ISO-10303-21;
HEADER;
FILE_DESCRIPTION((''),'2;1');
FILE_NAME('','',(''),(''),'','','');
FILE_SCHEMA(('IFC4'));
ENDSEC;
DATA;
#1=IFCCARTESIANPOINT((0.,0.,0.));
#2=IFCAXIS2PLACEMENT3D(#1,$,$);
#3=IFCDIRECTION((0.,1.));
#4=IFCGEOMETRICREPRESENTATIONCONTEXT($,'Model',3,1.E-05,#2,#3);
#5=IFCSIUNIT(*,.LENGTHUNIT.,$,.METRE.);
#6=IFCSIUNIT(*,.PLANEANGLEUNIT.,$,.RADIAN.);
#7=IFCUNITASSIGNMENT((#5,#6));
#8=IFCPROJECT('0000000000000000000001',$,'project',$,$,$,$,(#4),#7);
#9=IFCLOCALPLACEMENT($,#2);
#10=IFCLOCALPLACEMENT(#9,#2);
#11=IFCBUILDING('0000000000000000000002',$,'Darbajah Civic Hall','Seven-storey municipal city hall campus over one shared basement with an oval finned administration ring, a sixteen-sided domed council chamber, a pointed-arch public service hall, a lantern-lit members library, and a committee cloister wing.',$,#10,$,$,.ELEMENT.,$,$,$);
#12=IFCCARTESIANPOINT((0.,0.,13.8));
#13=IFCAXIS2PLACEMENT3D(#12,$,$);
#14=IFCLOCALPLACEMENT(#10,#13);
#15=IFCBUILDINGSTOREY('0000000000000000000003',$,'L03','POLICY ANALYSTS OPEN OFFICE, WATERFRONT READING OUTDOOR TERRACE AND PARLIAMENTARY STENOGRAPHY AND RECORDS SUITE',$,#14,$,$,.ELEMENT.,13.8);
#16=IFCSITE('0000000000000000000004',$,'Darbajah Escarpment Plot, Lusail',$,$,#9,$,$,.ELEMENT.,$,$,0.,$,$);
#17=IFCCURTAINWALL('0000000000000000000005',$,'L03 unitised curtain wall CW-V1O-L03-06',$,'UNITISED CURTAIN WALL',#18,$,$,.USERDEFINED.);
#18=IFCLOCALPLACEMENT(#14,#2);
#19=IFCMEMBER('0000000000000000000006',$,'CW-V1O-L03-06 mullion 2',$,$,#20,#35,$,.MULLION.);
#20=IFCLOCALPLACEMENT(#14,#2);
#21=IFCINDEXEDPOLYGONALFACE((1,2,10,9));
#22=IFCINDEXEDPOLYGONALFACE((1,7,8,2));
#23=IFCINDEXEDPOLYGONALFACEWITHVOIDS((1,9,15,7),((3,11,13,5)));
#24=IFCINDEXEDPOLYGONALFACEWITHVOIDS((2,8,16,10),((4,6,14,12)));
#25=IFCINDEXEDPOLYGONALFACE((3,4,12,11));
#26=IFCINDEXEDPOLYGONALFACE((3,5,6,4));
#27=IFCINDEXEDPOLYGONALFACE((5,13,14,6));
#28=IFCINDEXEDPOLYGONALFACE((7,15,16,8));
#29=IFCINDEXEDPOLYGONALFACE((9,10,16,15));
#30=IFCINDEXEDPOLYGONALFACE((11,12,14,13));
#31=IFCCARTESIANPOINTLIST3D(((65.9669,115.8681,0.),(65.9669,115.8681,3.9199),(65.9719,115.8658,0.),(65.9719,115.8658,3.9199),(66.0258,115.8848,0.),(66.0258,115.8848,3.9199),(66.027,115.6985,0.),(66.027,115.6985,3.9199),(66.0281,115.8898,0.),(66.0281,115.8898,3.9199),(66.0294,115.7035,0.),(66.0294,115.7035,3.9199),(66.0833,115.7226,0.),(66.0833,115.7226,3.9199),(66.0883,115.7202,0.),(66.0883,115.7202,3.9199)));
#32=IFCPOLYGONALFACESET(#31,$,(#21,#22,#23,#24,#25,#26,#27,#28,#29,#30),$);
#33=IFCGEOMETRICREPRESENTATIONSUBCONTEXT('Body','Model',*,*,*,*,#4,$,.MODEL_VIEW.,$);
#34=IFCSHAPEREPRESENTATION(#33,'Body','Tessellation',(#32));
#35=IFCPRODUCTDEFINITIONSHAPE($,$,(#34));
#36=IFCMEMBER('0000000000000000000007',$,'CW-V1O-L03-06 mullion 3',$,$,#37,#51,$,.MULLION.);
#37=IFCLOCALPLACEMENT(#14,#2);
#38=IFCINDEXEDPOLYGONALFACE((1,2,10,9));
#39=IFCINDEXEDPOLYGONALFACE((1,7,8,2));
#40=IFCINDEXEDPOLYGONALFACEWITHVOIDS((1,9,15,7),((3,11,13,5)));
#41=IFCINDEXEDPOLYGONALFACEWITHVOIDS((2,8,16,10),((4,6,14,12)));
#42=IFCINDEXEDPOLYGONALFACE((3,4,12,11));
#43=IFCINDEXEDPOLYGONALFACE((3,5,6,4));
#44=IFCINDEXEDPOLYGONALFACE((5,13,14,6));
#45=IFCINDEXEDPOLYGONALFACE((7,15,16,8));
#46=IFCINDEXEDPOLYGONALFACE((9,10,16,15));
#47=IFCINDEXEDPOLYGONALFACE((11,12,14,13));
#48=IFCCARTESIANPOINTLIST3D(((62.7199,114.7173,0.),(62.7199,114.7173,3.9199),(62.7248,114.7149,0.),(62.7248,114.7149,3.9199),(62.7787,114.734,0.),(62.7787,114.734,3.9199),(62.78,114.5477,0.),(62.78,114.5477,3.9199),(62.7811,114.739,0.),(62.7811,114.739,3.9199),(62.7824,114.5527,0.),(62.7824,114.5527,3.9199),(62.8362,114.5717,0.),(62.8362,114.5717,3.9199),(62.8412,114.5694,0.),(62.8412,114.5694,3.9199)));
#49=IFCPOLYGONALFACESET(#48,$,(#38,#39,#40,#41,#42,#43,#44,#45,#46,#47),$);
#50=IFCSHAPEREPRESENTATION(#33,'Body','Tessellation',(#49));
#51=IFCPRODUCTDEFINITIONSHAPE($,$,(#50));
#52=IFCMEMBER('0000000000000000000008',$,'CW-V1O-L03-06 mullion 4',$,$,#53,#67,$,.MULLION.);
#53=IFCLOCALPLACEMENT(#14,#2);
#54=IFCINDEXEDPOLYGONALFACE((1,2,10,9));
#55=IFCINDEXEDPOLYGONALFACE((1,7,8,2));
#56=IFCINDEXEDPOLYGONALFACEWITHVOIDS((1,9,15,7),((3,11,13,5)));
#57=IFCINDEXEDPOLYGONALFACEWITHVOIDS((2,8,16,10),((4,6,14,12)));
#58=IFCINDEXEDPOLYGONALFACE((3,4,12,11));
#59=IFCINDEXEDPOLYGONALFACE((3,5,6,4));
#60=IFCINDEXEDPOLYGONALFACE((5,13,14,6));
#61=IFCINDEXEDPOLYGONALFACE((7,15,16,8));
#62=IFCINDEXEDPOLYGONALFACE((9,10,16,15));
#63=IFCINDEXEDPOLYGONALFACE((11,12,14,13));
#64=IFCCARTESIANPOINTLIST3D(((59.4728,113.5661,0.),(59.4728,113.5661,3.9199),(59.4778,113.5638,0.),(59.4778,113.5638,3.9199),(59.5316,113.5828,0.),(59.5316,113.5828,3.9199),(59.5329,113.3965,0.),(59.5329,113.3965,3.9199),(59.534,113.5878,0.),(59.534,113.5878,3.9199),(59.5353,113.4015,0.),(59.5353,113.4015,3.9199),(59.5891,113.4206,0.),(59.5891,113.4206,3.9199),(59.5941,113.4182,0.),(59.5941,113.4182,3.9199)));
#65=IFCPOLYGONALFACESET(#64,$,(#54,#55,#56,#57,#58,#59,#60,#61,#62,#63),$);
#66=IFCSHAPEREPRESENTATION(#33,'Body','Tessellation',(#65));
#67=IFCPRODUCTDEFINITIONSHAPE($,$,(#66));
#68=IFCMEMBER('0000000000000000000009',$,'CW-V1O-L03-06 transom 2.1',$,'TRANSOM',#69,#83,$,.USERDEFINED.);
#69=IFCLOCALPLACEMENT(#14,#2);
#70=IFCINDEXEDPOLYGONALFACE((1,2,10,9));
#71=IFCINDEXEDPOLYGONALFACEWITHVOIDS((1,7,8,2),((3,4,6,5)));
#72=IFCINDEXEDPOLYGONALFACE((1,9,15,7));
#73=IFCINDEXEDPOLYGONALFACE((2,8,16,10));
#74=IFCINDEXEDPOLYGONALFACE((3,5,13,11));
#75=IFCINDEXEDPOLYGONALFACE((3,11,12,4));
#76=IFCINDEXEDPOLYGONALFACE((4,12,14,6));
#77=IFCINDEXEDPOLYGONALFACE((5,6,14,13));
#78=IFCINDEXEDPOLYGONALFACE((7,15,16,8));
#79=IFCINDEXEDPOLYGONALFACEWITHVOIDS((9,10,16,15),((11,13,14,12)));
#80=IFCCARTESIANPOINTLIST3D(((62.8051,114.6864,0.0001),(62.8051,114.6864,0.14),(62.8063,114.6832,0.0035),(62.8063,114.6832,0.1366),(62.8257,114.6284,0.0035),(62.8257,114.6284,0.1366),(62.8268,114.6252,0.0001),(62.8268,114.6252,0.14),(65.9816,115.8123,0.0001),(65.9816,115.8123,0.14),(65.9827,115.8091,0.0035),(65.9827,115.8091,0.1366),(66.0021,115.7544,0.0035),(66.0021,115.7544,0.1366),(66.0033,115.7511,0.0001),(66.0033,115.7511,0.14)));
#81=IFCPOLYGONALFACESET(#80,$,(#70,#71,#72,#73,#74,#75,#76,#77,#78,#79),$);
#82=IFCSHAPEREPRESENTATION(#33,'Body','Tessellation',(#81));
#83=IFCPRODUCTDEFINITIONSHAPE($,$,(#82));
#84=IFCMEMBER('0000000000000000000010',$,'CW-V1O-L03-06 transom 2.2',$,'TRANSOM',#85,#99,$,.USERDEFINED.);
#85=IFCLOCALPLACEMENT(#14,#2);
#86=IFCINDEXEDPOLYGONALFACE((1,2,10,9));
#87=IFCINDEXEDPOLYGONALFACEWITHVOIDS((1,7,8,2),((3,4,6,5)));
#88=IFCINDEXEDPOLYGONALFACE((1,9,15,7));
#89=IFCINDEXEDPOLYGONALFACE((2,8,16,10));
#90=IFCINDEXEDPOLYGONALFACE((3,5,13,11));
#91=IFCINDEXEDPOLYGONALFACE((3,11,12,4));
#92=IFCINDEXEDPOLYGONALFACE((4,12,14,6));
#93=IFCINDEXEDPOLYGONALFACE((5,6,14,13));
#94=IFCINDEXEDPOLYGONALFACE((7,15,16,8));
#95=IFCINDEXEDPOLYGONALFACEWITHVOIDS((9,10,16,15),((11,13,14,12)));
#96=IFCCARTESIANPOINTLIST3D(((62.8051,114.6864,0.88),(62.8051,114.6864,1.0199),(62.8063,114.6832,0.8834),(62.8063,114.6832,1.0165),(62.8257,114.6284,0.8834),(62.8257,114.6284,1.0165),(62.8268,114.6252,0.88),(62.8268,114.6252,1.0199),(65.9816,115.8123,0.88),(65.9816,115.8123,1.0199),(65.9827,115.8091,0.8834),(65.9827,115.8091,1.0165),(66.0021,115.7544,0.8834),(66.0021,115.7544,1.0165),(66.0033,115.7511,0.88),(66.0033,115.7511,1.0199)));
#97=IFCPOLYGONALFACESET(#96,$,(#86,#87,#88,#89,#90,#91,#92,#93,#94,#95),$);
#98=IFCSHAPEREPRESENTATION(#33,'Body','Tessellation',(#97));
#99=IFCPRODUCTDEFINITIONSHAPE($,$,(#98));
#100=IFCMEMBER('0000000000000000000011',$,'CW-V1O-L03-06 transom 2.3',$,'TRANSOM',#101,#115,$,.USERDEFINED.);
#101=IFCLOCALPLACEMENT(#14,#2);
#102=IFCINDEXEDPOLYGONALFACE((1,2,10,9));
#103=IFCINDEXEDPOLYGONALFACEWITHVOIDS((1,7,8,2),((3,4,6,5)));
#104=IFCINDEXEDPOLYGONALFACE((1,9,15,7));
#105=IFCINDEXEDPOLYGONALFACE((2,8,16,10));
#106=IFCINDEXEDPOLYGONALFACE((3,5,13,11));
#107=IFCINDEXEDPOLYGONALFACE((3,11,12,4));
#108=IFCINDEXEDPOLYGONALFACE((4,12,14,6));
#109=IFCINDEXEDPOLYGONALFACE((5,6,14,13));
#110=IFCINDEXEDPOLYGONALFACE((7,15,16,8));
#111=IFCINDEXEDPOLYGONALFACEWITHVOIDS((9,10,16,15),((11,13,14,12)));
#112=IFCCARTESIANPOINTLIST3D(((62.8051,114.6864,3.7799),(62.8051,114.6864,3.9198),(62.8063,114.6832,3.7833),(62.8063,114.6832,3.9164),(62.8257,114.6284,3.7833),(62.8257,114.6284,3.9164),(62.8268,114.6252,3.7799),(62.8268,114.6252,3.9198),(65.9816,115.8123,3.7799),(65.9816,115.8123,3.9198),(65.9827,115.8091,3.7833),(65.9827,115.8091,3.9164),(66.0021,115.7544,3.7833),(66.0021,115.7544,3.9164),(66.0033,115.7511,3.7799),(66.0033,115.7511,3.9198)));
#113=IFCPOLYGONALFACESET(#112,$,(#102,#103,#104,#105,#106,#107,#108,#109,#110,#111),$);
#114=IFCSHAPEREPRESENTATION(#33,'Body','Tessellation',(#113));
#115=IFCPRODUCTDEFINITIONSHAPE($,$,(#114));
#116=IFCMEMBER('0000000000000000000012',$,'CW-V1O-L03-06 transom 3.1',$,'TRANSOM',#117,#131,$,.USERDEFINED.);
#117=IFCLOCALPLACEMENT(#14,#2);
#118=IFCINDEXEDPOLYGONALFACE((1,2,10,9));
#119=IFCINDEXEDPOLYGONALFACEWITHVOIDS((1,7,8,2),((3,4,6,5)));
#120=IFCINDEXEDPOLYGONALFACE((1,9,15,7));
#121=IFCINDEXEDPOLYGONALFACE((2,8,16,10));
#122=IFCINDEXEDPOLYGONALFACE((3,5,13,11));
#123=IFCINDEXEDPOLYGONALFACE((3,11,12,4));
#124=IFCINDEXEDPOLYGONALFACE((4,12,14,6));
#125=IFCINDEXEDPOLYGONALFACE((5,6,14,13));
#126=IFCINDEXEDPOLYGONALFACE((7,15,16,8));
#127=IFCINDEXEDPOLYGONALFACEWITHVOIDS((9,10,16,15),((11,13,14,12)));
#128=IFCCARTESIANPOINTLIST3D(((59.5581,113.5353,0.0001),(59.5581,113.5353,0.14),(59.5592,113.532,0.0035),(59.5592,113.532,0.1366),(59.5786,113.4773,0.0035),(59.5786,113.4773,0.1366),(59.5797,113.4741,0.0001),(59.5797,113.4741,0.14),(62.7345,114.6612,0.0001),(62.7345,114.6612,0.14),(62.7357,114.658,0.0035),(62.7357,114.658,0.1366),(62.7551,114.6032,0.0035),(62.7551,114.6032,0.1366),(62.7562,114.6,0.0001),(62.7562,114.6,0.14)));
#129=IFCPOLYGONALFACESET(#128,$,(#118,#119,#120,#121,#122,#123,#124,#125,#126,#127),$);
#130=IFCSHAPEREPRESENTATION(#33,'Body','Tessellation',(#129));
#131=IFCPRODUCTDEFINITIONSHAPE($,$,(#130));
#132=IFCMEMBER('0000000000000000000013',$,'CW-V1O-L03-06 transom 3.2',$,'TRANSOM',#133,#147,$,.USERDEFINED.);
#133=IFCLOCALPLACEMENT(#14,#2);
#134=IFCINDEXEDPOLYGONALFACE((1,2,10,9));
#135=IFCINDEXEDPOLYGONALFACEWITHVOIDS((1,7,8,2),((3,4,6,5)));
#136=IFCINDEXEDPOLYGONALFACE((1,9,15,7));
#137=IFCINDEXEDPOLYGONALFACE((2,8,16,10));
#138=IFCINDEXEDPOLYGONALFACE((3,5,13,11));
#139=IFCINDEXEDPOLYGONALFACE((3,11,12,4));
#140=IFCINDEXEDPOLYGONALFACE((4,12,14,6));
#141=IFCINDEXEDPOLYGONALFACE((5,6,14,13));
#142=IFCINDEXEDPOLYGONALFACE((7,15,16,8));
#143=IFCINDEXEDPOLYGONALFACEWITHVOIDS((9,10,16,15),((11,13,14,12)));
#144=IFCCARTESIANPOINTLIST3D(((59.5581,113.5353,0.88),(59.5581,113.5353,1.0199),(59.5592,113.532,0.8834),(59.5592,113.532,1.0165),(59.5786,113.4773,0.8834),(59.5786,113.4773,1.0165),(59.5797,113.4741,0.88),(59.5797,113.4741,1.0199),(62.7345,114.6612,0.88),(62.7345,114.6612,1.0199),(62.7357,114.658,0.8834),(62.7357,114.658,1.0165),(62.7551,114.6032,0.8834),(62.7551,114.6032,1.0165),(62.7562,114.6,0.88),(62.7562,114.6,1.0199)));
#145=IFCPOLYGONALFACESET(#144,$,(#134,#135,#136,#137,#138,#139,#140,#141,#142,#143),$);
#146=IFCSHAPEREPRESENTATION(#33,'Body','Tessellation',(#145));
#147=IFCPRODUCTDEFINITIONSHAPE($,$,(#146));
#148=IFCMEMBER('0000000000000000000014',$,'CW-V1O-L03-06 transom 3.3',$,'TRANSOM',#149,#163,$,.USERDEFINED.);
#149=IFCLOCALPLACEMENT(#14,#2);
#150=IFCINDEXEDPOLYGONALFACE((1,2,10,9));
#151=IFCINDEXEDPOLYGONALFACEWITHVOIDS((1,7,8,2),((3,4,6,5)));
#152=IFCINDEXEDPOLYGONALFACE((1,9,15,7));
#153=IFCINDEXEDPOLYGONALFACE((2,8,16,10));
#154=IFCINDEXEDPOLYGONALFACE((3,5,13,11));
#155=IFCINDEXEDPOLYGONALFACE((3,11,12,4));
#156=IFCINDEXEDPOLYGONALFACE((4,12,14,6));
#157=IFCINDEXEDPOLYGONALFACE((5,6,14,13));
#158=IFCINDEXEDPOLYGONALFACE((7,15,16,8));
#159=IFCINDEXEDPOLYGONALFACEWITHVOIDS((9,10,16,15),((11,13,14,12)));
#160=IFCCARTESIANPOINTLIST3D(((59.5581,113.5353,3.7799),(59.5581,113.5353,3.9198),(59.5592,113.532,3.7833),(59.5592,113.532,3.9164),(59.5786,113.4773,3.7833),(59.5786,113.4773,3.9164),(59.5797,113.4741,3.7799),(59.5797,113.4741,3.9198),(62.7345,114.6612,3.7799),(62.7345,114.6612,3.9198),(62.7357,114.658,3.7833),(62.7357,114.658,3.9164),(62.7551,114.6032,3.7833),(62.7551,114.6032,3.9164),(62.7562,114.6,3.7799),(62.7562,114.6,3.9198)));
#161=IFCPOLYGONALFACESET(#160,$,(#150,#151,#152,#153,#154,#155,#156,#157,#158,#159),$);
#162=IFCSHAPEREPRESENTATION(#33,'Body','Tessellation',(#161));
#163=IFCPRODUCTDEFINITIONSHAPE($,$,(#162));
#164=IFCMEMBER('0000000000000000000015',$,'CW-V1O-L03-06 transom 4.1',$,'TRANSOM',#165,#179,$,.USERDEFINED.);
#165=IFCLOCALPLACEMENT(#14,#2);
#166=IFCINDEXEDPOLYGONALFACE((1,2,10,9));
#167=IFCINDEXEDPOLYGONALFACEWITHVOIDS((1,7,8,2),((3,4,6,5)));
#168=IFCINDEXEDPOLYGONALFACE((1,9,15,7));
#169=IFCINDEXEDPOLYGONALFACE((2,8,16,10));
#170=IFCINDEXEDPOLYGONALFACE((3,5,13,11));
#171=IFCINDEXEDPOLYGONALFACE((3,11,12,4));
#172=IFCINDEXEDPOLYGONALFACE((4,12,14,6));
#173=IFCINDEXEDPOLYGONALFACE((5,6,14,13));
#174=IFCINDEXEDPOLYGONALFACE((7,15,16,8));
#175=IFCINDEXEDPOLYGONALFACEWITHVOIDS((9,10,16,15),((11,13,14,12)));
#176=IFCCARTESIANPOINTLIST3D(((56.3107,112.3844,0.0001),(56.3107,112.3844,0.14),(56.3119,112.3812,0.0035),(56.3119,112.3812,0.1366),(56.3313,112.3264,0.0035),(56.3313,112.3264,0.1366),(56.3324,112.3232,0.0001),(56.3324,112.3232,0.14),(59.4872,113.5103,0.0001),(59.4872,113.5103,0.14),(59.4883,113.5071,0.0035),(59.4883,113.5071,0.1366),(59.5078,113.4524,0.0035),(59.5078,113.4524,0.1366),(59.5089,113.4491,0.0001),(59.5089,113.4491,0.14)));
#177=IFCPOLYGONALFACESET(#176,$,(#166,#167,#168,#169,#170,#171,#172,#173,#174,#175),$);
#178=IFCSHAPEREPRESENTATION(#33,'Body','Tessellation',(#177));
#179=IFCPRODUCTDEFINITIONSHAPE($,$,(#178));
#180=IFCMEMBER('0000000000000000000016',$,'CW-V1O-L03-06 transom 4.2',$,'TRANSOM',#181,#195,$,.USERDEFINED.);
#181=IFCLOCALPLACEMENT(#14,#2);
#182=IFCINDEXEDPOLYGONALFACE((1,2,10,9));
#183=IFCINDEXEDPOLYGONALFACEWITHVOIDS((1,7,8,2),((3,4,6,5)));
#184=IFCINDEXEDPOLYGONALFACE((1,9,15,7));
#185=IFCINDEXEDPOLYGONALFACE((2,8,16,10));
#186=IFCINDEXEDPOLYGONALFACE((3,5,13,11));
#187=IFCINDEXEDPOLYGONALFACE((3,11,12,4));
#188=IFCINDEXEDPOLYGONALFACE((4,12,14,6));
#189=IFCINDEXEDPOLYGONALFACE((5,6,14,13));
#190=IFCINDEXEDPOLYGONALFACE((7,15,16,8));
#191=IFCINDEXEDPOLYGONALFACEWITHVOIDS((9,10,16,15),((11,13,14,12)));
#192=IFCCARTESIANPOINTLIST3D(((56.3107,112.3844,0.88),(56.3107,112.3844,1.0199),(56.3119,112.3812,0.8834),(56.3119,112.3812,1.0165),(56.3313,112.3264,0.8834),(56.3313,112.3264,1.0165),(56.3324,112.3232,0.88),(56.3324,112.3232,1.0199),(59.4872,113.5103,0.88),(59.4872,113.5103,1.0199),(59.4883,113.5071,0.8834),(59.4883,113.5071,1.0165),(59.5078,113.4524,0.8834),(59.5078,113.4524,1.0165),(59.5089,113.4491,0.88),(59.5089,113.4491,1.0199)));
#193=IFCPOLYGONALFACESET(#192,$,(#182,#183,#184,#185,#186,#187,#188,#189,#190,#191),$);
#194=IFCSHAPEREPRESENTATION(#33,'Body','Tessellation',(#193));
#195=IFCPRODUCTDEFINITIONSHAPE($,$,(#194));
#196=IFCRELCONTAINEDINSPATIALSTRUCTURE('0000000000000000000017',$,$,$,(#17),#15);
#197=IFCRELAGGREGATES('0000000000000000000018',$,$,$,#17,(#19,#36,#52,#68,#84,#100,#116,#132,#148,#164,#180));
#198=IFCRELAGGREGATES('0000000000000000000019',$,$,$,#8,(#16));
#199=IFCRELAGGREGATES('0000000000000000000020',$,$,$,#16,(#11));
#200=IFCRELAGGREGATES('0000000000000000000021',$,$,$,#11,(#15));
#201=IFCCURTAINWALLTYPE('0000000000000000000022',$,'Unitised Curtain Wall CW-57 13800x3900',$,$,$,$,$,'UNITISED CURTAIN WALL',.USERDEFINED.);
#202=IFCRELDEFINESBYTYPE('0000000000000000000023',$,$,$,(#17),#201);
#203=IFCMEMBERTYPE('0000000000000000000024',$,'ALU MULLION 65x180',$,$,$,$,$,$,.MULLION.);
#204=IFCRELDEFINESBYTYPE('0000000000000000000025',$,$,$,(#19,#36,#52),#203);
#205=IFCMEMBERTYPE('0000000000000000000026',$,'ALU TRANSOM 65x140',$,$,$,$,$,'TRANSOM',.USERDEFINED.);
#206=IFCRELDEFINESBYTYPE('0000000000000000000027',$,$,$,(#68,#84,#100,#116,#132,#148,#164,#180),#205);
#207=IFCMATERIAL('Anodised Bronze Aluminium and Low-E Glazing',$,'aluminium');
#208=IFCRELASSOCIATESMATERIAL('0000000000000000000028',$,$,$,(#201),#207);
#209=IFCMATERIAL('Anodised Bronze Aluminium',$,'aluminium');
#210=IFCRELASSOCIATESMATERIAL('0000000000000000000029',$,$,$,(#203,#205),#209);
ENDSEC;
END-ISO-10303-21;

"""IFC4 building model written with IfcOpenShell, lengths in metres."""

from ifc_helpers import new_model, si_unit, direction, frame, origin, origin_2d, place, context, subcontext, project, spatial, hollow_rectangle, extrude, material, material_profile, profile_set, type_object, element, aggregate, save


model = new_model("IFC4")

# Units and contexts
model_context = context("Model", 3, precision=1e-05, world=origin(), true_north=direction((0.0, 1.0)))
body_context = subcontext(model_context, "Body", "Model", "MODEL_VIEW")
ifc_project = project(units=[si_unit("LENGTHUNIT", "METRE"), si_unit("PLANEANGLEUNIT", "RADIAN")], contexts=[model_context])

# Site, building, storey
site_placement = place(None, origin())
site = spatial("IfcSite", under=ifc_project, at=site_placement, Name="Darbajah Escarpment Plot, Lusail", CompositionType="ELEMENT", RefElevation=0.0)
building_placement = place(site_placement, origin())
building = spatial("IfcBuilding", under=site, at=building_placement, Name="Darbajah Civic Hall", Description="Seven-storey municipal city hall campus over one shared basement with an oval finned administration ring, a sixteen-sided domed council chamber, a pointed-arch public service hall, a lantern-lit members library, and a committee cloister wing.", CompositionType="ELEMENT")
storey_placement = place(building_placement, frame((0.0, 0.0, 13.8)))
storey = spatial("IfcBuildingStorey", under=building, at=storey_placement, Name="L03", Description="POLICY ANALYSTS OPEN OFFICE, WATERFRONT READING OUTDOOR TERRACE AND PARLIAMENTARY STENOGRAPHY AND RECORDS SUITE", CompositionType="ELEMENT", Elevation=13.8)

# Curtain wall, members
ifc_material_1 = material(Name="Anodised Bronze Aluminium and Low-E Glazing", Category="aluminium")
curtain_wall_type = type_object("IfcCurtainWallType", Name="Unitised Curtain Wall CW-57 13800x3900", ElementType="UNITISED CURTAIN WALL", PredefinedType="USERDEFINED", material=ifc_material_1)
curtain_wall_placement = place(storey_placement, origin())
curtain_wall = element("IfcCurtainWall", 1, at=curtain_wall_placement, inside=storey, type_object=curtain_wall_type, Name="L03 unitised curtain wall CW-V1O-L03-06", ObjectType="UNITISED CURTAIN WALL", PredefinedType="USERDEFINED")
ifc_material_2 = material(Name="Anodised Bronze Aluminium", Category="aluminium")
ifc_material_profile_1 = material_profile(ifc_material_2, hollow_rectangle(XDim=0.0649, YDim=0.1799, WallThickness=0.0039, at=origin_2d()), Name="ALU MULLION 65x180")
ifc_profile_set_1 = profile_set([ifc_material_profile_1], Name="Anodised Bronze Aluminium")
member_type_1 = type_object("IfcMemberType", Name="ALU MULLION 65x180", PredefinedType="MULLION", material=ifc_profile_set_1)
member_1_placement = place(storey_placement, frame((66.0276, 115.7942, 0.0), z_axis=(0.0, 0.0, 1.0), x_axis=(-0.942525, -0.334136, 0.0)))
member_1 = element("IfcMember", 2, at=member_1_placement, type_object=member_type_1, Name="CW-V1O-L03-06 mullion 2", PredefinedType="MULLION", context=body_context, shape_type="SweptSolid", body=[
    extrude(hollow_rectangle(XDim=0.0649, YDim=0.1799, WallThickness=0.0039, at=origin_2d()), origin(), (0.0, 0.0, 1.0), 3.9199),
])
member_2_placement = place(storey_placement, frame((62.7805, 114.6433, 0.0), z_axis=(0.0, 0.0, 1.0), x_axis=(-0.942525, -0.334136, 0.0)))
member_2 = element("IfcMember", 3, at=member_2_placement, type_object=member_type_1, Name="CW-V1O-L03-06 mullion 3", PredefinedType="MULLION", context=body_context, shape_type="SweptSolid", body=[
    extrude(hollow_rectangle(XDim=0.0649, YDim=0.1799, WallThickness=0.0039, at=origin_2d()), origin(), (0.0, 0.0, 1.0), 3.9199),
])
member_3_placement = place(storey_placement, frame((59.5334, 113.4922, 0.0), z_axis=(0.0, 0.0, 1.0), x_axis=(-0.942525, -0.334136, 0.0)))
member_3 = element("IfcMember", 4, at=member_3_placement, type_object=member_type_1, Name="CW-V1O-L03-06 mullion 4", PredefinedType="MULLION", context=body_context, shape_type="SweptSolid", body=[
    extrude(hollow_rectangle(XDim=0.0649, YDim=0.1799, WallThickness=0.0039, at=origin_2d()), origin(), (0.0, 0.0, 1.0), 3.9199),
])
ifc_material_profile_2 = material_profile(ifc_material_2, hollow_rectangle(XDim=0.0649, YDim=0.1399, WallThickness=0.0034, at=origin_2d()), Name="ALU TRANSOM 65x140")
ifc_profile_set_2 = profile_set([ifc_material_profile_2], Name="Anodised Bronze Aluminium")
member_type_2 = type_object("IfcMemberType", Name="ALU TRANSOM 65x140", ElementType="TRANSOM", PredefinedType="USERDEFINED", material=ifc_profile_set_2)
member_4_placement = place(storey_placement, frame((65.9924, 115.7817, 0.0701), z_axis=(-0.942537, -0.334101, 0.0), x_axis=(0.334101, -0.942537, 0.0)))
member_4 = element("IfcMember", 5, at=member_4_placement, type_object=member_type_2, Name="CW-V1O-L03-06 transom 2.1", ObjectType="TRANSOM", PredefinedType="USERDEFINED", context=body_context, shape_type="SweptSolid", body=[
    extrude(hollow_rectangle(XDim=0.0649, YDim=0.1399, WallThickness=0.0034, at=origin_2d()), origin(), (0.0, 0.0, 1.0), 3.3701),
])
member_5_placement = place(storey_placement, frame((65.9924, 115.7817, 0.95), z_axis=(-0.942537, -0.334101, 0.0), x_axis=(0.334101, -0.942537, 0.0)))
member_5 = element("IfcMember", 6, at=member_5_placement, type_object=member_type_2, Name="CW-V1O-L03-06 transom 2.2", ObjectType="TRANSOM", PredefinedType="USERDEFINED", context=body_context, shape_type="SweptSolid", body=[
    extrude(hollow_rectangle(XDim=0.0649, YDim=0.1399, WallThickness=0.0034, at=origin_2d()), origin(), (0.0, 0.0, 1.0), 3.3701),
])
member_6_placement = place(storey_placement, frame((65.9924, 115.7817, 3.8499), z_axis=(-0.942537, -0.334101, 0.0), x_axis=(0.334101, -0.942537, 0.0)))
member_6 = element("IfcMember", 7, at=member_6_placement, type_object=member_type_2, Name="CW-V1O-L03-06 transom 2.3", ObjectType="TRANSOM", PredefinedType="USERDEFINED", context=body_context, shape_type="SweptSolid", body=[
    extrude(hollow_rectangle(XDim=0.0649, YDim=0.1399, WallThickness=0.0034, at=origin_2d()), origin(), (0.0, 0.0, 1.0), 3.3701),
])
member_7_placement = place(storey_placement, frame((62.7454, 114.6306, 0.0701), z_axis=(-0.942537, -0.334101, 0.0), x_axis=(0.334101, -0.942537, 0.0)))
member_7 = element("IfcMember", 8, at=member_7_placement, type_object=member_type_2, Name="CW-V1O-L03-06 transom 3.1", ObjectType="TRANSOM", PredefinedType="USERDEFINED", context=body_context, shape_type="SweptSolid", body=[
    extrude(hollow_rectangle(XDim=0.0649, YDim=0.1399, WallThickness=0.0034, at=origin_2d()), origin(), (0.0, 0.0, 1.0), 3.3701),
])
member_8_placement = place(storey_placement, frame((62.7454, 114.6306, 0.95), z_axis=(-0.942537, -0.334101, 0.0), x_axis=(0.334101, -0.942537, 0.0)))
member_8 = element("IfcMember", 9, at=member_8_placement, type_object=member_type_2, Name="CW-V1O-L03-06 transom 3.2", ObjectType="TRANSOM", PredefinedType="USERDEFINED", context=body_context, shape_type="SweptSolid", body=[
    extrude(hollow_rectangle(XDim=0.0649, YDim=0.1399, WallThickness=0.0034, at=origin_2d()), origin(), (0.0, 0.0, 1.0), 3.3701),
])
member_9_placement = place(storey_placement, frame((62.7454, 114.6306, 3.8499), z_axis=(-0.942537, -0.334101, 0.0), x_axis=(0.334101, -0.942537, 0.0)))
member_9 = element("IfcMember", 10, at=member_9_placement, type_object=member_type_2, Name="CW-V1O-L03-06 transom 3.3", ObjectType="TRANSOM", PredefinedType="USERDEFINED", context=body_context, shape_type="SweptSolid", body=[
    extrude(hollow_rectangle(XDim=0.0649, YDim=0.1399, WallThickness=0.0034, at=origin_2d()), origin(), (0.0, 0.0, 1.0), 3.3701),
])
member_10_placement = place(storey_placement, frame((59.498, 113.4797, 0.0701), z_axis=(-0.942537, -0.334101, 0.0), x_axis=(0.334101, -0.942537, 0.0)))
member_10 = element("IfcMember", 11, at=member_10_placement, type_object=member_type_2, Name="CW-V1O-L03-06 transom 4.1", ObjectType="TRANSOM", PredefinedType="USERDEFINED", context=body_context, shape_type="SweptSolid", body=[
    extrude(hollow_rectangle(XDim=0.0649, YDim=0.1399, WallThickness=0.0034, at=origin_2d()), origin(), (0.0, 0.0, 1.0), 3.3701),
])
member_11_placement = place(storey_placement, frame((59.498, 113.4797, 0.95), z_axis=(-0.942537, -0.334101, 0.0), x_axis=(0.334101, -0.942537, 0.0)))
member_11 = element("IfcMember", 12, at=member_11_placement, type_object=member_type_2, Name="CW-V1O-L03-06 transom 4.2", ObjectType="TRANSOM", PredefinedType="USERDEFINED", context=body_context, shape_type="SweptSolid", body=[
    extrude(hollow_rectangle(XDim=0.0649, YDim=0.1399, WallThickness=0.0034, at=origin_2d()), origin(), (0.0, 0.0, 1.0), 3.3701),
])
aggregate(curtain_wall, [member_1, member_2, member_3, member_4, member_5, member_6, member_7, member_8, member_9, member_10, member_11])

save(model, "model.ifc")
